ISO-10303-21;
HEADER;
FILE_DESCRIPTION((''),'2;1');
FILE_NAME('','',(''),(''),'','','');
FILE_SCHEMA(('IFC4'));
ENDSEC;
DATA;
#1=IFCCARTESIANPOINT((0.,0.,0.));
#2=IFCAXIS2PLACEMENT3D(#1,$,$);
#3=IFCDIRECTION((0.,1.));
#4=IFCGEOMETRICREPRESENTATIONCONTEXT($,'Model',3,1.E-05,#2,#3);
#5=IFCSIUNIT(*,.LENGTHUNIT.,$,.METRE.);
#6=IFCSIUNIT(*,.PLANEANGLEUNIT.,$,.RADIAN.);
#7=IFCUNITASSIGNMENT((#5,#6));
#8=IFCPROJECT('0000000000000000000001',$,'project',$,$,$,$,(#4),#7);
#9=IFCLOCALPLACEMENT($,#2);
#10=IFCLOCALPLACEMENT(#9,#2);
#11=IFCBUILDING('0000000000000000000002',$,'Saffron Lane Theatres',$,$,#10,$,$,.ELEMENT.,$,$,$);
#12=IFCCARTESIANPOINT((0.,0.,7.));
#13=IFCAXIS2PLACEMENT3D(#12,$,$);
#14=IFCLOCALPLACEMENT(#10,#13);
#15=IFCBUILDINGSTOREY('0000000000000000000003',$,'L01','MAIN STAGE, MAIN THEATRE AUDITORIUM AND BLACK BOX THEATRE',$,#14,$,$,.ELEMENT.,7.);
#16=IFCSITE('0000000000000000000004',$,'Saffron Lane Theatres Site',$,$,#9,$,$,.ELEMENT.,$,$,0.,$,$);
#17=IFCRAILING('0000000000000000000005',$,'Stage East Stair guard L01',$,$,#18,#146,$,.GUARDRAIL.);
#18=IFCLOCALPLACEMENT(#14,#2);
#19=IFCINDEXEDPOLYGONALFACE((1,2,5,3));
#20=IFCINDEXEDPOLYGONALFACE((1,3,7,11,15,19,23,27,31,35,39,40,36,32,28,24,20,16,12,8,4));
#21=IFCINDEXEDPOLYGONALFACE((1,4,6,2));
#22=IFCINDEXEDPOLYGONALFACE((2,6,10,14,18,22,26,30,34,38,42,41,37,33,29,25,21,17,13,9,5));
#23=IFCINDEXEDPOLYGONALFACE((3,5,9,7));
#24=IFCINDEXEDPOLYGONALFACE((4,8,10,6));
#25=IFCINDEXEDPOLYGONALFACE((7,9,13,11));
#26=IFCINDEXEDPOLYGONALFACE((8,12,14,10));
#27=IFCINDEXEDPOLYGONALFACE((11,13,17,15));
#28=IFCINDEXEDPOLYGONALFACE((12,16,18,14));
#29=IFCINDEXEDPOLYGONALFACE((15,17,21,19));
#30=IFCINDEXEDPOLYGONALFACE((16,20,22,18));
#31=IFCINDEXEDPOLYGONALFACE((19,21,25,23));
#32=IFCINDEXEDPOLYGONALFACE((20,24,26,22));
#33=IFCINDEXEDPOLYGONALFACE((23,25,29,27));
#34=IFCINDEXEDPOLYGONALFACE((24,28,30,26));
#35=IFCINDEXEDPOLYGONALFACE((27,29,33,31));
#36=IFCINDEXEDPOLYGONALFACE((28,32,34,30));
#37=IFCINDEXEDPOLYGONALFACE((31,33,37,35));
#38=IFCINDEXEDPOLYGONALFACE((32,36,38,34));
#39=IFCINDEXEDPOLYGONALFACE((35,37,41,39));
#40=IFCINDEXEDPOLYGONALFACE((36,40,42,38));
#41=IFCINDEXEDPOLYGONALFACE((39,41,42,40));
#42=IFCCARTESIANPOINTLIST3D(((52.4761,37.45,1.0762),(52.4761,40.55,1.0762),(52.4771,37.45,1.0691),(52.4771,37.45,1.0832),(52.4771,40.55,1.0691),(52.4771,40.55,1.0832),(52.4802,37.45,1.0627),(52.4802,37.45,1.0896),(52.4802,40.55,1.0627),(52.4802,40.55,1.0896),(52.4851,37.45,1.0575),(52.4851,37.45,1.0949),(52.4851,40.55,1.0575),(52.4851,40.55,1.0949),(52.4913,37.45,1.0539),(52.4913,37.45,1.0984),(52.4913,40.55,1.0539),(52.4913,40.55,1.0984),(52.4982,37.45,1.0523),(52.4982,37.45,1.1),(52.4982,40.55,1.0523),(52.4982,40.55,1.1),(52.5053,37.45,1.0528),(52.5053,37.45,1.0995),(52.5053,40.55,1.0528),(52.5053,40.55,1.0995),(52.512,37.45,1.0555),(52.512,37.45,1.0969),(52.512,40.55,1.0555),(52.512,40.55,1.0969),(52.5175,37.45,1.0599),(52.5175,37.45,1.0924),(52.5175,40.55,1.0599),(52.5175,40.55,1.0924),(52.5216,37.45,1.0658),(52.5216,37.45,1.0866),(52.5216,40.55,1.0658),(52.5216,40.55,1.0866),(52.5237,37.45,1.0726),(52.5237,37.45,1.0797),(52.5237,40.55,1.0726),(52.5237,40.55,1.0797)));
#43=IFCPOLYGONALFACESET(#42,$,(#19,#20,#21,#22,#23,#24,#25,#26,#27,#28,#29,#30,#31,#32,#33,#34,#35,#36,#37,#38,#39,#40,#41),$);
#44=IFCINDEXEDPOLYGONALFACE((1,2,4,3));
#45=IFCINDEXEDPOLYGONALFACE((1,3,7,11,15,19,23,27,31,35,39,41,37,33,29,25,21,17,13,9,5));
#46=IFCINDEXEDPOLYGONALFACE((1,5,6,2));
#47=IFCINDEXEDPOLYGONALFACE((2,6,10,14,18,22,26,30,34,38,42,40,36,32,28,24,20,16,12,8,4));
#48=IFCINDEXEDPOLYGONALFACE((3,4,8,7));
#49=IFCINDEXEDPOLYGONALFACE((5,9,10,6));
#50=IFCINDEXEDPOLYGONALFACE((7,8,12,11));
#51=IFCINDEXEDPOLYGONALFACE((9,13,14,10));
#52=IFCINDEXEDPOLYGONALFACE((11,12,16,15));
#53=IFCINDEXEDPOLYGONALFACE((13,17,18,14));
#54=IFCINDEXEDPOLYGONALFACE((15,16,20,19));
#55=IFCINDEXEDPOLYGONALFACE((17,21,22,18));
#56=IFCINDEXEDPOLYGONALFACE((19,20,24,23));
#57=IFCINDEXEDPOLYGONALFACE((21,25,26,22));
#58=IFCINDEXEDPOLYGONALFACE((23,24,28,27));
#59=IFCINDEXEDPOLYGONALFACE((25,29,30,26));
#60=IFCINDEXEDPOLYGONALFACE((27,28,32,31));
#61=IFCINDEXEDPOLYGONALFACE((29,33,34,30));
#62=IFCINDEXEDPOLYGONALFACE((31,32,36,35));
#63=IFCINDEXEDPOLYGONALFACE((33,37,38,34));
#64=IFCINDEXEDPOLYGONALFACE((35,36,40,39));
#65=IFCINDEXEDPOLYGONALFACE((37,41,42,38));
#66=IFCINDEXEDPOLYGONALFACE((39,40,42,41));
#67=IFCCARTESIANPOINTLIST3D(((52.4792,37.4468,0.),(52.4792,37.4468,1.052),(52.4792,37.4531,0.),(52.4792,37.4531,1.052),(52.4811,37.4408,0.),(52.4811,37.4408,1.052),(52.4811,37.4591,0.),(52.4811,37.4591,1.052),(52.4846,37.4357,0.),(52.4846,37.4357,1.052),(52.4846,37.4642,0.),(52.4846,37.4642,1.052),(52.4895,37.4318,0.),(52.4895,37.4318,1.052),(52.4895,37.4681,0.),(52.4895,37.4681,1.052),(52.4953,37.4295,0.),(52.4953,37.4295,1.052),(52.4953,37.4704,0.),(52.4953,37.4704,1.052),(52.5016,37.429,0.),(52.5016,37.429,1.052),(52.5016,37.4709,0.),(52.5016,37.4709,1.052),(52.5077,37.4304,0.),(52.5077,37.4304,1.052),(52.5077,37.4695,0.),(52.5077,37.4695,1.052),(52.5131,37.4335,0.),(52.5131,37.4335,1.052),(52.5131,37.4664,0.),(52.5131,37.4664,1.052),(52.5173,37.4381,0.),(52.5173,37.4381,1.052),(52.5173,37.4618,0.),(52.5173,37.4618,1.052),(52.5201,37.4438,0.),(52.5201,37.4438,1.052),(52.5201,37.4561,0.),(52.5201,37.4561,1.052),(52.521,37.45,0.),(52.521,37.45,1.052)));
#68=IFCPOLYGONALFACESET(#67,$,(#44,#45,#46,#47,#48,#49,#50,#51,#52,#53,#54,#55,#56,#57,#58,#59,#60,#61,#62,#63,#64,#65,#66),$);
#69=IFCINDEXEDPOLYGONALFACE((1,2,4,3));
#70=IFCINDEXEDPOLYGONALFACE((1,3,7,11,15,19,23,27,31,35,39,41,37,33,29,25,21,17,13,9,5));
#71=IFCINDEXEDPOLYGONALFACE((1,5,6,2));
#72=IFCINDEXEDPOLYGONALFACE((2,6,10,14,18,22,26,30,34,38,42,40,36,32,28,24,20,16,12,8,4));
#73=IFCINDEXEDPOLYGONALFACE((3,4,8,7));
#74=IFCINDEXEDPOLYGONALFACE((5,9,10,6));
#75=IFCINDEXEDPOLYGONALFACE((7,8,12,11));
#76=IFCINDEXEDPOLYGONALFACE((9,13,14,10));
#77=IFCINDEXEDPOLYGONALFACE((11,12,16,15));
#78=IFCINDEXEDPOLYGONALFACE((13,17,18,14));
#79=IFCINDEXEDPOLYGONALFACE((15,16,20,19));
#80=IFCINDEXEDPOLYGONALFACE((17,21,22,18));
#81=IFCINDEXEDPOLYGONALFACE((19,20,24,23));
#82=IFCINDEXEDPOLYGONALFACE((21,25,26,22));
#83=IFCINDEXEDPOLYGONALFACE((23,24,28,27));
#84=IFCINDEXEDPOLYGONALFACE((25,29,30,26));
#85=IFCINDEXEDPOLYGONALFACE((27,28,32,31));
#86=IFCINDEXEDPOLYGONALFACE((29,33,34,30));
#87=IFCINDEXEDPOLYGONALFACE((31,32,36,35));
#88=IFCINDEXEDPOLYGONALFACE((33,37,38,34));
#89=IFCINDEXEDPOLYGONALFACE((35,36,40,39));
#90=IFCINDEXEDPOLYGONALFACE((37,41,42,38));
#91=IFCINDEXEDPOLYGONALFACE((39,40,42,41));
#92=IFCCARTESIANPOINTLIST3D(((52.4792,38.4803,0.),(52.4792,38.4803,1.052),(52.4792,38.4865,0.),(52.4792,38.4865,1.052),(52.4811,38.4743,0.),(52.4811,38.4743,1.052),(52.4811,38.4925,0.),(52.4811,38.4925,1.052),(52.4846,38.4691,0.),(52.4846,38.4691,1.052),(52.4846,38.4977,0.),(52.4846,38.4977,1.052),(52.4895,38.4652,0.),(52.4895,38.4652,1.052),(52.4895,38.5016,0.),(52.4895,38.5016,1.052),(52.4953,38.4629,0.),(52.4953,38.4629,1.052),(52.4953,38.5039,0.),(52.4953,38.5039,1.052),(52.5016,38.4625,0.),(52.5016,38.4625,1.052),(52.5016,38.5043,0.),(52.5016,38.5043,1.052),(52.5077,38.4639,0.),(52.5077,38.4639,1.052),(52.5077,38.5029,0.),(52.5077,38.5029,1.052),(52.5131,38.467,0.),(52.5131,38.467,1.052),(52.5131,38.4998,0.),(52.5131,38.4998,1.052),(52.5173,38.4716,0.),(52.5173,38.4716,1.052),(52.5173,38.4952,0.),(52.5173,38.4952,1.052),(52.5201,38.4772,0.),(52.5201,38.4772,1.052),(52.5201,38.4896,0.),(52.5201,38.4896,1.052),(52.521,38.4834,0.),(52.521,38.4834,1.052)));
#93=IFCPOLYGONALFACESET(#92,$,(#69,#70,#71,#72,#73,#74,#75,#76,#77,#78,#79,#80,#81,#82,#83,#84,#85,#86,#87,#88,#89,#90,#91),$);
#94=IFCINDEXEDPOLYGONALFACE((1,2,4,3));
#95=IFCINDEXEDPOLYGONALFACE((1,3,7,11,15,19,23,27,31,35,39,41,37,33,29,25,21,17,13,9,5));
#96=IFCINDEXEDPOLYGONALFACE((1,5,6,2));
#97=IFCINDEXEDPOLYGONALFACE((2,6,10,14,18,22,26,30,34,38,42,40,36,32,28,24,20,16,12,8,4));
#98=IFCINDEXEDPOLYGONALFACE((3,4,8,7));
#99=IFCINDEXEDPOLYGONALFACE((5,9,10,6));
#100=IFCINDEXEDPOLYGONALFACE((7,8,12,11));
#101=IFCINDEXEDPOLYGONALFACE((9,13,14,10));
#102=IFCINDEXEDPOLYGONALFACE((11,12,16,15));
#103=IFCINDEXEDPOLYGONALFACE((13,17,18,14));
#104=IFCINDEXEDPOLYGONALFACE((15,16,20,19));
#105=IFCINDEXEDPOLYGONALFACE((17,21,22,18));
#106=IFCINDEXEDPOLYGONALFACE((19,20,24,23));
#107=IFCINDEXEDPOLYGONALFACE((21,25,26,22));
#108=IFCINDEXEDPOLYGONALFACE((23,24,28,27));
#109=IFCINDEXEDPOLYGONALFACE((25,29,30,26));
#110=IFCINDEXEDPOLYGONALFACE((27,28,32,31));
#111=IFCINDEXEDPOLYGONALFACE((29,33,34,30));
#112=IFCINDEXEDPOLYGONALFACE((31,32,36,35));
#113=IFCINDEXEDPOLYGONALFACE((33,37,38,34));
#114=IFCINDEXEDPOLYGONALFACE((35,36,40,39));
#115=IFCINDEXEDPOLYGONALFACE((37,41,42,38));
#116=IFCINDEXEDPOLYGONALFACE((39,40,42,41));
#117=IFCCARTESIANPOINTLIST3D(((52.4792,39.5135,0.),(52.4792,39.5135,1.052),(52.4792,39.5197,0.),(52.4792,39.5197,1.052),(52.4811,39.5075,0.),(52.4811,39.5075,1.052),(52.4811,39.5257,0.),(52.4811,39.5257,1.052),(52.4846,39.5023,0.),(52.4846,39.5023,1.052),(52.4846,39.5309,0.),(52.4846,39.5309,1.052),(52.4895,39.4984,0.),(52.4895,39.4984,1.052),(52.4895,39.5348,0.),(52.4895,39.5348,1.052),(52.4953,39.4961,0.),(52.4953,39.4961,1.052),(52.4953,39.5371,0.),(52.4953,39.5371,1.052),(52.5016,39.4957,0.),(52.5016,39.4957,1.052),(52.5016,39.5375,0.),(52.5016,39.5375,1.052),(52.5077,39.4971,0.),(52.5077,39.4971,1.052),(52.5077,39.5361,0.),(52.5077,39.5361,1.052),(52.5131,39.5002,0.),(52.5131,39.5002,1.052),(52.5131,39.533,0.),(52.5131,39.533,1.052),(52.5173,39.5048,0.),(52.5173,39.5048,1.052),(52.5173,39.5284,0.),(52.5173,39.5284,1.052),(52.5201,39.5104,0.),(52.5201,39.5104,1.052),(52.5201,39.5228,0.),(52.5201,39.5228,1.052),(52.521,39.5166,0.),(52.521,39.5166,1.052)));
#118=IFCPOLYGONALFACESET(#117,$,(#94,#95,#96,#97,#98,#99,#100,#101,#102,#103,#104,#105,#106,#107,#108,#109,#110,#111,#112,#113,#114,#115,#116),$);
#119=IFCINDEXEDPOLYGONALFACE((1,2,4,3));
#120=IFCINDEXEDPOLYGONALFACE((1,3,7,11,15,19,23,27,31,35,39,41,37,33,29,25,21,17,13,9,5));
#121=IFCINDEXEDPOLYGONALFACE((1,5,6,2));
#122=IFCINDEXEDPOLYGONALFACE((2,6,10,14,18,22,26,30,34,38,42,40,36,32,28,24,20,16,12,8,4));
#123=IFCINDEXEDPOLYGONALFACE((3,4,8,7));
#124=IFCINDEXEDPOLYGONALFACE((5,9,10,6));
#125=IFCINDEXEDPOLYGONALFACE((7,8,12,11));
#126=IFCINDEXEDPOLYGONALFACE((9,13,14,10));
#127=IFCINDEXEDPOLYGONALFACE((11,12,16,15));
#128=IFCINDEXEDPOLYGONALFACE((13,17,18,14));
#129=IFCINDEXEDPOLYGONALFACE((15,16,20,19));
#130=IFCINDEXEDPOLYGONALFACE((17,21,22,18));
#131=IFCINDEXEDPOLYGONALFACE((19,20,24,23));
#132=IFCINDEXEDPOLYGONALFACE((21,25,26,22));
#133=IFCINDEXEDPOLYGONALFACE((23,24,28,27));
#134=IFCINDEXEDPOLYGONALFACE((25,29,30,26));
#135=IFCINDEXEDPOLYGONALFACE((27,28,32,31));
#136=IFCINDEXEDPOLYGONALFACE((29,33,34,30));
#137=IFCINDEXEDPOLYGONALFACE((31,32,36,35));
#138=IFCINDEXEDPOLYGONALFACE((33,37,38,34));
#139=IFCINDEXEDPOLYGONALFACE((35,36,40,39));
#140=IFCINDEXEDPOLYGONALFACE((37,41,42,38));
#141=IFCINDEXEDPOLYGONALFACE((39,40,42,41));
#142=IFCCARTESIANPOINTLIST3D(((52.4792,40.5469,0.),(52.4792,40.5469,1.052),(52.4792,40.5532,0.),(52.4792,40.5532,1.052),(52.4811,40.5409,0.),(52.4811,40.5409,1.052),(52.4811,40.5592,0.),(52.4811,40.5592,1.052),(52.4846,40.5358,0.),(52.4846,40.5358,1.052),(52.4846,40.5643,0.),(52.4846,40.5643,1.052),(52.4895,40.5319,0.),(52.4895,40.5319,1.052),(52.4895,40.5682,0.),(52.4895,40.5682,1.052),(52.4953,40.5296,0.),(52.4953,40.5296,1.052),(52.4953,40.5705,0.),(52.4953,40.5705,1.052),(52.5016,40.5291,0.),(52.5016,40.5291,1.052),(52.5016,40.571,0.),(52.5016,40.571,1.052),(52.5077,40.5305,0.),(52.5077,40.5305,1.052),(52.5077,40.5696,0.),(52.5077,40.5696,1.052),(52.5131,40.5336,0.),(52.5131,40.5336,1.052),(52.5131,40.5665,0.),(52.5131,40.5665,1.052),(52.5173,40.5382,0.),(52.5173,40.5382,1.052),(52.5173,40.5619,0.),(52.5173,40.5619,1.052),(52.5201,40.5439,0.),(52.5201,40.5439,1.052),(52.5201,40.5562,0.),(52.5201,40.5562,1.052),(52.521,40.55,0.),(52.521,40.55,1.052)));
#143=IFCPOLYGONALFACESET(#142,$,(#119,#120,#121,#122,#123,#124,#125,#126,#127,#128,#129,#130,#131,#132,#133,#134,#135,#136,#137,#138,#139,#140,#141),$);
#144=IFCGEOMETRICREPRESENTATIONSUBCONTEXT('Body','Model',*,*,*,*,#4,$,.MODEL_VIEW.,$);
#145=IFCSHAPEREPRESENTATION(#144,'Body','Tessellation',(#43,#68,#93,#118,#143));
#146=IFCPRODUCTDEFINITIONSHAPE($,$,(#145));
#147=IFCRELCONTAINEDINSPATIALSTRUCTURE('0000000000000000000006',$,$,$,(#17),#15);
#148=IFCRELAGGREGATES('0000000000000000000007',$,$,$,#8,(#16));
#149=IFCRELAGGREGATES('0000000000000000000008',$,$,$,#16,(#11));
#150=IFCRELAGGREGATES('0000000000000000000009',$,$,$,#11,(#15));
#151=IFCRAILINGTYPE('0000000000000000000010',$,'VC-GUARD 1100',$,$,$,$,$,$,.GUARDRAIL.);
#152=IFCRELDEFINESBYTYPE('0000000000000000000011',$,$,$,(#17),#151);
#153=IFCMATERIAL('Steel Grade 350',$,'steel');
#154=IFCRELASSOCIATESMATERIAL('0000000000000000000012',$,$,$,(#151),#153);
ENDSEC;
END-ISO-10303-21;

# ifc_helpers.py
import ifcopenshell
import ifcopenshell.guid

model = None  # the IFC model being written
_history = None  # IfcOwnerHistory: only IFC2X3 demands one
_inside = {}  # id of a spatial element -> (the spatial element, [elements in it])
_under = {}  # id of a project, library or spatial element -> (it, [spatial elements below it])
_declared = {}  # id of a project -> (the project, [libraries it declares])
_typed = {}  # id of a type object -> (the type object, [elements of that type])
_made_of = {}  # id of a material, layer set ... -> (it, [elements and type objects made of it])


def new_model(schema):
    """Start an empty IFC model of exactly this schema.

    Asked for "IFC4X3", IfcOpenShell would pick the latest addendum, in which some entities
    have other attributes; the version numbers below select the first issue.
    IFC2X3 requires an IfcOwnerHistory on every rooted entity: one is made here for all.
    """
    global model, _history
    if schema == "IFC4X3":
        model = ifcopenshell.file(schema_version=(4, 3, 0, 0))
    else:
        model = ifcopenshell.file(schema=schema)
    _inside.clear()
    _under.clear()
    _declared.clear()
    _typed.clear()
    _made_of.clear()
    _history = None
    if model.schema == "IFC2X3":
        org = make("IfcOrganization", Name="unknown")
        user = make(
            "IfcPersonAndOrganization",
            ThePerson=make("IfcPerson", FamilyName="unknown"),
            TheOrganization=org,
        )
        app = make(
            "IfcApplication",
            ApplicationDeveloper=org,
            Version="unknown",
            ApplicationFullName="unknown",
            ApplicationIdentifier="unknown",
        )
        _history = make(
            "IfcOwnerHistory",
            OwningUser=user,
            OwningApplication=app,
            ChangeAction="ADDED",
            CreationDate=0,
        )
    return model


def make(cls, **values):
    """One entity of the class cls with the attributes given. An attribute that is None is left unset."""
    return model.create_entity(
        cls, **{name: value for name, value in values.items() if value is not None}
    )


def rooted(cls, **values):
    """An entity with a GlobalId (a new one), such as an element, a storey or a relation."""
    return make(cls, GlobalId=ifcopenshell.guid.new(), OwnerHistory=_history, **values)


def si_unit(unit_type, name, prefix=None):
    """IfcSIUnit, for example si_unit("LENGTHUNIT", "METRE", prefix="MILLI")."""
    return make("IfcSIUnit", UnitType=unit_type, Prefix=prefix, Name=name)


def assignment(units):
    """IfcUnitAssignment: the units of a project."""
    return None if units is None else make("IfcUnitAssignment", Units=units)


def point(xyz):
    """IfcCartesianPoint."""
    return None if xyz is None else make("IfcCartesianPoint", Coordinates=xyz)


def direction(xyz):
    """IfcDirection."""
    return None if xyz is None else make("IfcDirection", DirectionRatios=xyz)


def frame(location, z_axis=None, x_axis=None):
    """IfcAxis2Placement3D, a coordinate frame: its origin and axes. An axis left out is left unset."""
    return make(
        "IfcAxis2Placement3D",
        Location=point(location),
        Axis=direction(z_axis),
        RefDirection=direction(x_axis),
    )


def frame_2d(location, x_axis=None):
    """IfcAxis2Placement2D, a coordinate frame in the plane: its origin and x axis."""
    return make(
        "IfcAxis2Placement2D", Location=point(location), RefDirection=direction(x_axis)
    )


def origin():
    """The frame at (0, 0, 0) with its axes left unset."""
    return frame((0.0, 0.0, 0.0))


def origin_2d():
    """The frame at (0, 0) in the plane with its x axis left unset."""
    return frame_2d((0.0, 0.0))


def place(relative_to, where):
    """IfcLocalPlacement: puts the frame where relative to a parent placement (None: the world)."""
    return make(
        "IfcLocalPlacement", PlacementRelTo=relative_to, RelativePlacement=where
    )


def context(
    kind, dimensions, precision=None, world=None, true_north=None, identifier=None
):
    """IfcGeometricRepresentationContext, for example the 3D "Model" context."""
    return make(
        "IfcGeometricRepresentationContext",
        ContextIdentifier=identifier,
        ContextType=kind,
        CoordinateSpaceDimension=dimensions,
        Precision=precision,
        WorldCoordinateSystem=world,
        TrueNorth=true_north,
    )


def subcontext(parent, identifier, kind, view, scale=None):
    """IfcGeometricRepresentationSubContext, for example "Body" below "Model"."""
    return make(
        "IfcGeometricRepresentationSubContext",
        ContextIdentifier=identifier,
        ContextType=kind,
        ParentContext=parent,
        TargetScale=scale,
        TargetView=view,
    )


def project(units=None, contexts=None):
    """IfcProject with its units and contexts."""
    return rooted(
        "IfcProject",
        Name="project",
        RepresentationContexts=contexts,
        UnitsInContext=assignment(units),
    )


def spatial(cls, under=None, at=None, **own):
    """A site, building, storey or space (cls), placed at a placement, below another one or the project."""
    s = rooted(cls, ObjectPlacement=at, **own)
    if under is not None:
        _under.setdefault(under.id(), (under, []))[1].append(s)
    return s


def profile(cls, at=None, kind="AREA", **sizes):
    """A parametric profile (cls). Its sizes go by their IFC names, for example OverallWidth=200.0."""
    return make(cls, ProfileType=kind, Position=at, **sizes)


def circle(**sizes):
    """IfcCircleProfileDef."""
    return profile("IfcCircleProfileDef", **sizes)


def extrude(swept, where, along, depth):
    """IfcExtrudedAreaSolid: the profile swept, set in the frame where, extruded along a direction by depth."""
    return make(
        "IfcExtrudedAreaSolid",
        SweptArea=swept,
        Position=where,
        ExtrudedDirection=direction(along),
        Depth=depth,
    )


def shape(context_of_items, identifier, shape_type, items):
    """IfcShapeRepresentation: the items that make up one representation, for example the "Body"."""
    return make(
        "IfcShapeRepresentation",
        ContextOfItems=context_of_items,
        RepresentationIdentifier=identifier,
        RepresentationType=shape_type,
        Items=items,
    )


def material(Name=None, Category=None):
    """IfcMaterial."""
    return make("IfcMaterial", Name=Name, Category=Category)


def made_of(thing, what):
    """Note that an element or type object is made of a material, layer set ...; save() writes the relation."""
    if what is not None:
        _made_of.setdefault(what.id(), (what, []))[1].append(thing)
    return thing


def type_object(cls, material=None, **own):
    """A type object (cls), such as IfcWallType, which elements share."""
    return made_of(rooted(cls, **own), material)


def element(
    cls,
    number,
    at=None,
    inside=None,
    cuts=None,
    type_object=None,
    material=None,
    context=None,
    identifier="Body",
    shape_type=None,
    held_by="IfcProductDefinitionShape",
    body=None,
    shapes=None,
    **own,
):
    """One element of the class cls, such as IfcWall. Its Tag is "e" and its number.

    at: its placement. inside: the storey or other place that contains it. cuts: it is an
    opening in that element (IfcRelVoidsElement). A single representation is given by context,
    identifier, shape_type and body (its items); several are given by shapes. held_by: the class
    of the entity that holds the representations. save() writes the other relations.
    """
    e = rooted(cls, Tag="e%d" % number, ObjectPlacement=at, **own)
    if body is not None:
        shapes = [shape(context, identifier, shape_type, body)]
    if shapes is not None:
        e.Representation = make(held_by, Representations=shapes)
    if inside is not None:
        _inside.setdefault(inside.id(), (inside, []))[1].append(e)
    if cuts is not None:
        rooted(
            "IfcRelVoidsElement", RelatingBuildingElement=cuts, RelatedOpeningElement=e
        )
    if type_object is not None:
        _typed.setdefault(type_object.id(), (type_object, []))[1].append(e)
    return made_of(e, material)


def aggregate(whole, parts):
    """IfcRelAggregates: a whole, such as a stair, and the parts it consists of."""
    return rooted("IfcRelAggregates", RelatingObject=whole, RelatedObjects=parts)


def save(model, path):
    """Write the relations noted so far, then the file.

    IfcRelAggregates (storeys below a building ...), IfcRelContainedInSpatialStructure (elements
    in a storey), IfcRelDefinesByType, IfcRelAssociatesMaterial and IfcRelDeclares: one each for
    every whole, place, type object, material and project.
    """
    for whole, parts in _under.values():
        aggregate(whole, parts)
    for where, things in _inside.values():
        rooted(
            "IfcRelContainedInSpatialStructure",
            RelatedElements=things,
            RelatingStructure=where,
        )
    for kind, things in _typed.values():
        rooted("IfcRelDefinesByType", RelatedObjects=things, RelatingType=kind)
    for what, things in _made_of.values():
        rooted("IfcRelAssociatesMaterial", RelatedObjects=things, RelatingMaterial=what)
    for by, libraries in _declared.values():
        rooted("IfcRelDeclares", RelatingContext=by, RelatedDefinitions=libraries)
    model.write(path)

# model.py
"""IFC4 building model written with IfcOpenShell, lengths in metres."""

from ifc_helpers import new_model, si_unit, direction, frame, origin, origin_2d, place, context, subcontext, project, spatial, circle, extrude, material, type_object, element, save


model = new_model("IFC4")

# Units and contexts
model_context = context("Model", 3, precision=1e-05, world=origin(), true_north=direction((0.0, 1.0)))
body_context = subcontext(model_context, "Body", "Model", "MODEL_VIEW")
ifc_project = project(units=[si_unit("LENGTHUNIT", "METRE"), si_unit("PLANEANGLEUNIT", "RADIAN")], contexts=[model_context])

# Site, building, storey
site_placement = place(None, origin())
site = spatial("IfcSite", under=ifc_project, at=site_placement, Name="Saffron Lane Theatres Site", CompositionType="ELEMENT", RefElevation=0.0)
building_placement = place(site_placement, origin())
building = spatial("IfcBuilding", under=site, at=building_placement, Name="Saffron Lane Theatres", CompositionType="ELEMENT")
storey_placement = place(building_placement, frame((0.0, 0.0, 7.0)))
storey = spatial("IfcBuildingStorey", under=building, at=storey_placement, Name="L01", Description="MAIN STAGE, MAIN THEATRE AUDITORIUM AND BLACK BOX THEATRE", CompositionType="ELEMENT", Elevation=7.0)

# Railing
ifc_material_1 = material(Name="Steel Grade 350", Category="steel")
railing_type_1 = type_object("IfcRailingType", Name="VC-GUARD 1100", PredefinedType="GUARDRAIL", material=ifc_material_1)
railing_1_placement = place(storey_placement, frame((52.5, 37.45, 0.0)))
element("IfcRailing", 1, at=railing_1_placement, inside=storey, type_object=railing_type_1, Name="Stage East Stair guard L01", PredefinedType="GUARDRAIL", context=body_context, shape_type="SweptSolid", body=[
    extrude(circle(Radius=0.0239, at=origin_2d()), frame((0.0, 0.0, 1.0762), z_axis=(0.0, 1.0, 0.0), x_axis=(-1.0, 0.0, 0.0)), (0.0, 0.0, 1.0), 3.1001),
    extrude(circle(Radius=0.021, at=origin_2d()), origin(), (0.0, 0.0, 1.0), 1.052),
    extrude(circle(Radius=0.021, at=origin_2d()), frame((0.0, 1.0334, 0.0)), (0.0, 0.0, 1.0), 1.052),
    extrude(circle(Radius=0.021, at=origin_2d()), frame((0.0, 2.0667, 0.0)), (0.0, 0.0, 1.0), 1.052),
    extrude(circle(Radius=0.021, at=origin_2d()), frame((0.0, 3.1001, 0.0)), (0.0, 0.0, 1.0), 1.052),
])

save(model, "model.ifc")
